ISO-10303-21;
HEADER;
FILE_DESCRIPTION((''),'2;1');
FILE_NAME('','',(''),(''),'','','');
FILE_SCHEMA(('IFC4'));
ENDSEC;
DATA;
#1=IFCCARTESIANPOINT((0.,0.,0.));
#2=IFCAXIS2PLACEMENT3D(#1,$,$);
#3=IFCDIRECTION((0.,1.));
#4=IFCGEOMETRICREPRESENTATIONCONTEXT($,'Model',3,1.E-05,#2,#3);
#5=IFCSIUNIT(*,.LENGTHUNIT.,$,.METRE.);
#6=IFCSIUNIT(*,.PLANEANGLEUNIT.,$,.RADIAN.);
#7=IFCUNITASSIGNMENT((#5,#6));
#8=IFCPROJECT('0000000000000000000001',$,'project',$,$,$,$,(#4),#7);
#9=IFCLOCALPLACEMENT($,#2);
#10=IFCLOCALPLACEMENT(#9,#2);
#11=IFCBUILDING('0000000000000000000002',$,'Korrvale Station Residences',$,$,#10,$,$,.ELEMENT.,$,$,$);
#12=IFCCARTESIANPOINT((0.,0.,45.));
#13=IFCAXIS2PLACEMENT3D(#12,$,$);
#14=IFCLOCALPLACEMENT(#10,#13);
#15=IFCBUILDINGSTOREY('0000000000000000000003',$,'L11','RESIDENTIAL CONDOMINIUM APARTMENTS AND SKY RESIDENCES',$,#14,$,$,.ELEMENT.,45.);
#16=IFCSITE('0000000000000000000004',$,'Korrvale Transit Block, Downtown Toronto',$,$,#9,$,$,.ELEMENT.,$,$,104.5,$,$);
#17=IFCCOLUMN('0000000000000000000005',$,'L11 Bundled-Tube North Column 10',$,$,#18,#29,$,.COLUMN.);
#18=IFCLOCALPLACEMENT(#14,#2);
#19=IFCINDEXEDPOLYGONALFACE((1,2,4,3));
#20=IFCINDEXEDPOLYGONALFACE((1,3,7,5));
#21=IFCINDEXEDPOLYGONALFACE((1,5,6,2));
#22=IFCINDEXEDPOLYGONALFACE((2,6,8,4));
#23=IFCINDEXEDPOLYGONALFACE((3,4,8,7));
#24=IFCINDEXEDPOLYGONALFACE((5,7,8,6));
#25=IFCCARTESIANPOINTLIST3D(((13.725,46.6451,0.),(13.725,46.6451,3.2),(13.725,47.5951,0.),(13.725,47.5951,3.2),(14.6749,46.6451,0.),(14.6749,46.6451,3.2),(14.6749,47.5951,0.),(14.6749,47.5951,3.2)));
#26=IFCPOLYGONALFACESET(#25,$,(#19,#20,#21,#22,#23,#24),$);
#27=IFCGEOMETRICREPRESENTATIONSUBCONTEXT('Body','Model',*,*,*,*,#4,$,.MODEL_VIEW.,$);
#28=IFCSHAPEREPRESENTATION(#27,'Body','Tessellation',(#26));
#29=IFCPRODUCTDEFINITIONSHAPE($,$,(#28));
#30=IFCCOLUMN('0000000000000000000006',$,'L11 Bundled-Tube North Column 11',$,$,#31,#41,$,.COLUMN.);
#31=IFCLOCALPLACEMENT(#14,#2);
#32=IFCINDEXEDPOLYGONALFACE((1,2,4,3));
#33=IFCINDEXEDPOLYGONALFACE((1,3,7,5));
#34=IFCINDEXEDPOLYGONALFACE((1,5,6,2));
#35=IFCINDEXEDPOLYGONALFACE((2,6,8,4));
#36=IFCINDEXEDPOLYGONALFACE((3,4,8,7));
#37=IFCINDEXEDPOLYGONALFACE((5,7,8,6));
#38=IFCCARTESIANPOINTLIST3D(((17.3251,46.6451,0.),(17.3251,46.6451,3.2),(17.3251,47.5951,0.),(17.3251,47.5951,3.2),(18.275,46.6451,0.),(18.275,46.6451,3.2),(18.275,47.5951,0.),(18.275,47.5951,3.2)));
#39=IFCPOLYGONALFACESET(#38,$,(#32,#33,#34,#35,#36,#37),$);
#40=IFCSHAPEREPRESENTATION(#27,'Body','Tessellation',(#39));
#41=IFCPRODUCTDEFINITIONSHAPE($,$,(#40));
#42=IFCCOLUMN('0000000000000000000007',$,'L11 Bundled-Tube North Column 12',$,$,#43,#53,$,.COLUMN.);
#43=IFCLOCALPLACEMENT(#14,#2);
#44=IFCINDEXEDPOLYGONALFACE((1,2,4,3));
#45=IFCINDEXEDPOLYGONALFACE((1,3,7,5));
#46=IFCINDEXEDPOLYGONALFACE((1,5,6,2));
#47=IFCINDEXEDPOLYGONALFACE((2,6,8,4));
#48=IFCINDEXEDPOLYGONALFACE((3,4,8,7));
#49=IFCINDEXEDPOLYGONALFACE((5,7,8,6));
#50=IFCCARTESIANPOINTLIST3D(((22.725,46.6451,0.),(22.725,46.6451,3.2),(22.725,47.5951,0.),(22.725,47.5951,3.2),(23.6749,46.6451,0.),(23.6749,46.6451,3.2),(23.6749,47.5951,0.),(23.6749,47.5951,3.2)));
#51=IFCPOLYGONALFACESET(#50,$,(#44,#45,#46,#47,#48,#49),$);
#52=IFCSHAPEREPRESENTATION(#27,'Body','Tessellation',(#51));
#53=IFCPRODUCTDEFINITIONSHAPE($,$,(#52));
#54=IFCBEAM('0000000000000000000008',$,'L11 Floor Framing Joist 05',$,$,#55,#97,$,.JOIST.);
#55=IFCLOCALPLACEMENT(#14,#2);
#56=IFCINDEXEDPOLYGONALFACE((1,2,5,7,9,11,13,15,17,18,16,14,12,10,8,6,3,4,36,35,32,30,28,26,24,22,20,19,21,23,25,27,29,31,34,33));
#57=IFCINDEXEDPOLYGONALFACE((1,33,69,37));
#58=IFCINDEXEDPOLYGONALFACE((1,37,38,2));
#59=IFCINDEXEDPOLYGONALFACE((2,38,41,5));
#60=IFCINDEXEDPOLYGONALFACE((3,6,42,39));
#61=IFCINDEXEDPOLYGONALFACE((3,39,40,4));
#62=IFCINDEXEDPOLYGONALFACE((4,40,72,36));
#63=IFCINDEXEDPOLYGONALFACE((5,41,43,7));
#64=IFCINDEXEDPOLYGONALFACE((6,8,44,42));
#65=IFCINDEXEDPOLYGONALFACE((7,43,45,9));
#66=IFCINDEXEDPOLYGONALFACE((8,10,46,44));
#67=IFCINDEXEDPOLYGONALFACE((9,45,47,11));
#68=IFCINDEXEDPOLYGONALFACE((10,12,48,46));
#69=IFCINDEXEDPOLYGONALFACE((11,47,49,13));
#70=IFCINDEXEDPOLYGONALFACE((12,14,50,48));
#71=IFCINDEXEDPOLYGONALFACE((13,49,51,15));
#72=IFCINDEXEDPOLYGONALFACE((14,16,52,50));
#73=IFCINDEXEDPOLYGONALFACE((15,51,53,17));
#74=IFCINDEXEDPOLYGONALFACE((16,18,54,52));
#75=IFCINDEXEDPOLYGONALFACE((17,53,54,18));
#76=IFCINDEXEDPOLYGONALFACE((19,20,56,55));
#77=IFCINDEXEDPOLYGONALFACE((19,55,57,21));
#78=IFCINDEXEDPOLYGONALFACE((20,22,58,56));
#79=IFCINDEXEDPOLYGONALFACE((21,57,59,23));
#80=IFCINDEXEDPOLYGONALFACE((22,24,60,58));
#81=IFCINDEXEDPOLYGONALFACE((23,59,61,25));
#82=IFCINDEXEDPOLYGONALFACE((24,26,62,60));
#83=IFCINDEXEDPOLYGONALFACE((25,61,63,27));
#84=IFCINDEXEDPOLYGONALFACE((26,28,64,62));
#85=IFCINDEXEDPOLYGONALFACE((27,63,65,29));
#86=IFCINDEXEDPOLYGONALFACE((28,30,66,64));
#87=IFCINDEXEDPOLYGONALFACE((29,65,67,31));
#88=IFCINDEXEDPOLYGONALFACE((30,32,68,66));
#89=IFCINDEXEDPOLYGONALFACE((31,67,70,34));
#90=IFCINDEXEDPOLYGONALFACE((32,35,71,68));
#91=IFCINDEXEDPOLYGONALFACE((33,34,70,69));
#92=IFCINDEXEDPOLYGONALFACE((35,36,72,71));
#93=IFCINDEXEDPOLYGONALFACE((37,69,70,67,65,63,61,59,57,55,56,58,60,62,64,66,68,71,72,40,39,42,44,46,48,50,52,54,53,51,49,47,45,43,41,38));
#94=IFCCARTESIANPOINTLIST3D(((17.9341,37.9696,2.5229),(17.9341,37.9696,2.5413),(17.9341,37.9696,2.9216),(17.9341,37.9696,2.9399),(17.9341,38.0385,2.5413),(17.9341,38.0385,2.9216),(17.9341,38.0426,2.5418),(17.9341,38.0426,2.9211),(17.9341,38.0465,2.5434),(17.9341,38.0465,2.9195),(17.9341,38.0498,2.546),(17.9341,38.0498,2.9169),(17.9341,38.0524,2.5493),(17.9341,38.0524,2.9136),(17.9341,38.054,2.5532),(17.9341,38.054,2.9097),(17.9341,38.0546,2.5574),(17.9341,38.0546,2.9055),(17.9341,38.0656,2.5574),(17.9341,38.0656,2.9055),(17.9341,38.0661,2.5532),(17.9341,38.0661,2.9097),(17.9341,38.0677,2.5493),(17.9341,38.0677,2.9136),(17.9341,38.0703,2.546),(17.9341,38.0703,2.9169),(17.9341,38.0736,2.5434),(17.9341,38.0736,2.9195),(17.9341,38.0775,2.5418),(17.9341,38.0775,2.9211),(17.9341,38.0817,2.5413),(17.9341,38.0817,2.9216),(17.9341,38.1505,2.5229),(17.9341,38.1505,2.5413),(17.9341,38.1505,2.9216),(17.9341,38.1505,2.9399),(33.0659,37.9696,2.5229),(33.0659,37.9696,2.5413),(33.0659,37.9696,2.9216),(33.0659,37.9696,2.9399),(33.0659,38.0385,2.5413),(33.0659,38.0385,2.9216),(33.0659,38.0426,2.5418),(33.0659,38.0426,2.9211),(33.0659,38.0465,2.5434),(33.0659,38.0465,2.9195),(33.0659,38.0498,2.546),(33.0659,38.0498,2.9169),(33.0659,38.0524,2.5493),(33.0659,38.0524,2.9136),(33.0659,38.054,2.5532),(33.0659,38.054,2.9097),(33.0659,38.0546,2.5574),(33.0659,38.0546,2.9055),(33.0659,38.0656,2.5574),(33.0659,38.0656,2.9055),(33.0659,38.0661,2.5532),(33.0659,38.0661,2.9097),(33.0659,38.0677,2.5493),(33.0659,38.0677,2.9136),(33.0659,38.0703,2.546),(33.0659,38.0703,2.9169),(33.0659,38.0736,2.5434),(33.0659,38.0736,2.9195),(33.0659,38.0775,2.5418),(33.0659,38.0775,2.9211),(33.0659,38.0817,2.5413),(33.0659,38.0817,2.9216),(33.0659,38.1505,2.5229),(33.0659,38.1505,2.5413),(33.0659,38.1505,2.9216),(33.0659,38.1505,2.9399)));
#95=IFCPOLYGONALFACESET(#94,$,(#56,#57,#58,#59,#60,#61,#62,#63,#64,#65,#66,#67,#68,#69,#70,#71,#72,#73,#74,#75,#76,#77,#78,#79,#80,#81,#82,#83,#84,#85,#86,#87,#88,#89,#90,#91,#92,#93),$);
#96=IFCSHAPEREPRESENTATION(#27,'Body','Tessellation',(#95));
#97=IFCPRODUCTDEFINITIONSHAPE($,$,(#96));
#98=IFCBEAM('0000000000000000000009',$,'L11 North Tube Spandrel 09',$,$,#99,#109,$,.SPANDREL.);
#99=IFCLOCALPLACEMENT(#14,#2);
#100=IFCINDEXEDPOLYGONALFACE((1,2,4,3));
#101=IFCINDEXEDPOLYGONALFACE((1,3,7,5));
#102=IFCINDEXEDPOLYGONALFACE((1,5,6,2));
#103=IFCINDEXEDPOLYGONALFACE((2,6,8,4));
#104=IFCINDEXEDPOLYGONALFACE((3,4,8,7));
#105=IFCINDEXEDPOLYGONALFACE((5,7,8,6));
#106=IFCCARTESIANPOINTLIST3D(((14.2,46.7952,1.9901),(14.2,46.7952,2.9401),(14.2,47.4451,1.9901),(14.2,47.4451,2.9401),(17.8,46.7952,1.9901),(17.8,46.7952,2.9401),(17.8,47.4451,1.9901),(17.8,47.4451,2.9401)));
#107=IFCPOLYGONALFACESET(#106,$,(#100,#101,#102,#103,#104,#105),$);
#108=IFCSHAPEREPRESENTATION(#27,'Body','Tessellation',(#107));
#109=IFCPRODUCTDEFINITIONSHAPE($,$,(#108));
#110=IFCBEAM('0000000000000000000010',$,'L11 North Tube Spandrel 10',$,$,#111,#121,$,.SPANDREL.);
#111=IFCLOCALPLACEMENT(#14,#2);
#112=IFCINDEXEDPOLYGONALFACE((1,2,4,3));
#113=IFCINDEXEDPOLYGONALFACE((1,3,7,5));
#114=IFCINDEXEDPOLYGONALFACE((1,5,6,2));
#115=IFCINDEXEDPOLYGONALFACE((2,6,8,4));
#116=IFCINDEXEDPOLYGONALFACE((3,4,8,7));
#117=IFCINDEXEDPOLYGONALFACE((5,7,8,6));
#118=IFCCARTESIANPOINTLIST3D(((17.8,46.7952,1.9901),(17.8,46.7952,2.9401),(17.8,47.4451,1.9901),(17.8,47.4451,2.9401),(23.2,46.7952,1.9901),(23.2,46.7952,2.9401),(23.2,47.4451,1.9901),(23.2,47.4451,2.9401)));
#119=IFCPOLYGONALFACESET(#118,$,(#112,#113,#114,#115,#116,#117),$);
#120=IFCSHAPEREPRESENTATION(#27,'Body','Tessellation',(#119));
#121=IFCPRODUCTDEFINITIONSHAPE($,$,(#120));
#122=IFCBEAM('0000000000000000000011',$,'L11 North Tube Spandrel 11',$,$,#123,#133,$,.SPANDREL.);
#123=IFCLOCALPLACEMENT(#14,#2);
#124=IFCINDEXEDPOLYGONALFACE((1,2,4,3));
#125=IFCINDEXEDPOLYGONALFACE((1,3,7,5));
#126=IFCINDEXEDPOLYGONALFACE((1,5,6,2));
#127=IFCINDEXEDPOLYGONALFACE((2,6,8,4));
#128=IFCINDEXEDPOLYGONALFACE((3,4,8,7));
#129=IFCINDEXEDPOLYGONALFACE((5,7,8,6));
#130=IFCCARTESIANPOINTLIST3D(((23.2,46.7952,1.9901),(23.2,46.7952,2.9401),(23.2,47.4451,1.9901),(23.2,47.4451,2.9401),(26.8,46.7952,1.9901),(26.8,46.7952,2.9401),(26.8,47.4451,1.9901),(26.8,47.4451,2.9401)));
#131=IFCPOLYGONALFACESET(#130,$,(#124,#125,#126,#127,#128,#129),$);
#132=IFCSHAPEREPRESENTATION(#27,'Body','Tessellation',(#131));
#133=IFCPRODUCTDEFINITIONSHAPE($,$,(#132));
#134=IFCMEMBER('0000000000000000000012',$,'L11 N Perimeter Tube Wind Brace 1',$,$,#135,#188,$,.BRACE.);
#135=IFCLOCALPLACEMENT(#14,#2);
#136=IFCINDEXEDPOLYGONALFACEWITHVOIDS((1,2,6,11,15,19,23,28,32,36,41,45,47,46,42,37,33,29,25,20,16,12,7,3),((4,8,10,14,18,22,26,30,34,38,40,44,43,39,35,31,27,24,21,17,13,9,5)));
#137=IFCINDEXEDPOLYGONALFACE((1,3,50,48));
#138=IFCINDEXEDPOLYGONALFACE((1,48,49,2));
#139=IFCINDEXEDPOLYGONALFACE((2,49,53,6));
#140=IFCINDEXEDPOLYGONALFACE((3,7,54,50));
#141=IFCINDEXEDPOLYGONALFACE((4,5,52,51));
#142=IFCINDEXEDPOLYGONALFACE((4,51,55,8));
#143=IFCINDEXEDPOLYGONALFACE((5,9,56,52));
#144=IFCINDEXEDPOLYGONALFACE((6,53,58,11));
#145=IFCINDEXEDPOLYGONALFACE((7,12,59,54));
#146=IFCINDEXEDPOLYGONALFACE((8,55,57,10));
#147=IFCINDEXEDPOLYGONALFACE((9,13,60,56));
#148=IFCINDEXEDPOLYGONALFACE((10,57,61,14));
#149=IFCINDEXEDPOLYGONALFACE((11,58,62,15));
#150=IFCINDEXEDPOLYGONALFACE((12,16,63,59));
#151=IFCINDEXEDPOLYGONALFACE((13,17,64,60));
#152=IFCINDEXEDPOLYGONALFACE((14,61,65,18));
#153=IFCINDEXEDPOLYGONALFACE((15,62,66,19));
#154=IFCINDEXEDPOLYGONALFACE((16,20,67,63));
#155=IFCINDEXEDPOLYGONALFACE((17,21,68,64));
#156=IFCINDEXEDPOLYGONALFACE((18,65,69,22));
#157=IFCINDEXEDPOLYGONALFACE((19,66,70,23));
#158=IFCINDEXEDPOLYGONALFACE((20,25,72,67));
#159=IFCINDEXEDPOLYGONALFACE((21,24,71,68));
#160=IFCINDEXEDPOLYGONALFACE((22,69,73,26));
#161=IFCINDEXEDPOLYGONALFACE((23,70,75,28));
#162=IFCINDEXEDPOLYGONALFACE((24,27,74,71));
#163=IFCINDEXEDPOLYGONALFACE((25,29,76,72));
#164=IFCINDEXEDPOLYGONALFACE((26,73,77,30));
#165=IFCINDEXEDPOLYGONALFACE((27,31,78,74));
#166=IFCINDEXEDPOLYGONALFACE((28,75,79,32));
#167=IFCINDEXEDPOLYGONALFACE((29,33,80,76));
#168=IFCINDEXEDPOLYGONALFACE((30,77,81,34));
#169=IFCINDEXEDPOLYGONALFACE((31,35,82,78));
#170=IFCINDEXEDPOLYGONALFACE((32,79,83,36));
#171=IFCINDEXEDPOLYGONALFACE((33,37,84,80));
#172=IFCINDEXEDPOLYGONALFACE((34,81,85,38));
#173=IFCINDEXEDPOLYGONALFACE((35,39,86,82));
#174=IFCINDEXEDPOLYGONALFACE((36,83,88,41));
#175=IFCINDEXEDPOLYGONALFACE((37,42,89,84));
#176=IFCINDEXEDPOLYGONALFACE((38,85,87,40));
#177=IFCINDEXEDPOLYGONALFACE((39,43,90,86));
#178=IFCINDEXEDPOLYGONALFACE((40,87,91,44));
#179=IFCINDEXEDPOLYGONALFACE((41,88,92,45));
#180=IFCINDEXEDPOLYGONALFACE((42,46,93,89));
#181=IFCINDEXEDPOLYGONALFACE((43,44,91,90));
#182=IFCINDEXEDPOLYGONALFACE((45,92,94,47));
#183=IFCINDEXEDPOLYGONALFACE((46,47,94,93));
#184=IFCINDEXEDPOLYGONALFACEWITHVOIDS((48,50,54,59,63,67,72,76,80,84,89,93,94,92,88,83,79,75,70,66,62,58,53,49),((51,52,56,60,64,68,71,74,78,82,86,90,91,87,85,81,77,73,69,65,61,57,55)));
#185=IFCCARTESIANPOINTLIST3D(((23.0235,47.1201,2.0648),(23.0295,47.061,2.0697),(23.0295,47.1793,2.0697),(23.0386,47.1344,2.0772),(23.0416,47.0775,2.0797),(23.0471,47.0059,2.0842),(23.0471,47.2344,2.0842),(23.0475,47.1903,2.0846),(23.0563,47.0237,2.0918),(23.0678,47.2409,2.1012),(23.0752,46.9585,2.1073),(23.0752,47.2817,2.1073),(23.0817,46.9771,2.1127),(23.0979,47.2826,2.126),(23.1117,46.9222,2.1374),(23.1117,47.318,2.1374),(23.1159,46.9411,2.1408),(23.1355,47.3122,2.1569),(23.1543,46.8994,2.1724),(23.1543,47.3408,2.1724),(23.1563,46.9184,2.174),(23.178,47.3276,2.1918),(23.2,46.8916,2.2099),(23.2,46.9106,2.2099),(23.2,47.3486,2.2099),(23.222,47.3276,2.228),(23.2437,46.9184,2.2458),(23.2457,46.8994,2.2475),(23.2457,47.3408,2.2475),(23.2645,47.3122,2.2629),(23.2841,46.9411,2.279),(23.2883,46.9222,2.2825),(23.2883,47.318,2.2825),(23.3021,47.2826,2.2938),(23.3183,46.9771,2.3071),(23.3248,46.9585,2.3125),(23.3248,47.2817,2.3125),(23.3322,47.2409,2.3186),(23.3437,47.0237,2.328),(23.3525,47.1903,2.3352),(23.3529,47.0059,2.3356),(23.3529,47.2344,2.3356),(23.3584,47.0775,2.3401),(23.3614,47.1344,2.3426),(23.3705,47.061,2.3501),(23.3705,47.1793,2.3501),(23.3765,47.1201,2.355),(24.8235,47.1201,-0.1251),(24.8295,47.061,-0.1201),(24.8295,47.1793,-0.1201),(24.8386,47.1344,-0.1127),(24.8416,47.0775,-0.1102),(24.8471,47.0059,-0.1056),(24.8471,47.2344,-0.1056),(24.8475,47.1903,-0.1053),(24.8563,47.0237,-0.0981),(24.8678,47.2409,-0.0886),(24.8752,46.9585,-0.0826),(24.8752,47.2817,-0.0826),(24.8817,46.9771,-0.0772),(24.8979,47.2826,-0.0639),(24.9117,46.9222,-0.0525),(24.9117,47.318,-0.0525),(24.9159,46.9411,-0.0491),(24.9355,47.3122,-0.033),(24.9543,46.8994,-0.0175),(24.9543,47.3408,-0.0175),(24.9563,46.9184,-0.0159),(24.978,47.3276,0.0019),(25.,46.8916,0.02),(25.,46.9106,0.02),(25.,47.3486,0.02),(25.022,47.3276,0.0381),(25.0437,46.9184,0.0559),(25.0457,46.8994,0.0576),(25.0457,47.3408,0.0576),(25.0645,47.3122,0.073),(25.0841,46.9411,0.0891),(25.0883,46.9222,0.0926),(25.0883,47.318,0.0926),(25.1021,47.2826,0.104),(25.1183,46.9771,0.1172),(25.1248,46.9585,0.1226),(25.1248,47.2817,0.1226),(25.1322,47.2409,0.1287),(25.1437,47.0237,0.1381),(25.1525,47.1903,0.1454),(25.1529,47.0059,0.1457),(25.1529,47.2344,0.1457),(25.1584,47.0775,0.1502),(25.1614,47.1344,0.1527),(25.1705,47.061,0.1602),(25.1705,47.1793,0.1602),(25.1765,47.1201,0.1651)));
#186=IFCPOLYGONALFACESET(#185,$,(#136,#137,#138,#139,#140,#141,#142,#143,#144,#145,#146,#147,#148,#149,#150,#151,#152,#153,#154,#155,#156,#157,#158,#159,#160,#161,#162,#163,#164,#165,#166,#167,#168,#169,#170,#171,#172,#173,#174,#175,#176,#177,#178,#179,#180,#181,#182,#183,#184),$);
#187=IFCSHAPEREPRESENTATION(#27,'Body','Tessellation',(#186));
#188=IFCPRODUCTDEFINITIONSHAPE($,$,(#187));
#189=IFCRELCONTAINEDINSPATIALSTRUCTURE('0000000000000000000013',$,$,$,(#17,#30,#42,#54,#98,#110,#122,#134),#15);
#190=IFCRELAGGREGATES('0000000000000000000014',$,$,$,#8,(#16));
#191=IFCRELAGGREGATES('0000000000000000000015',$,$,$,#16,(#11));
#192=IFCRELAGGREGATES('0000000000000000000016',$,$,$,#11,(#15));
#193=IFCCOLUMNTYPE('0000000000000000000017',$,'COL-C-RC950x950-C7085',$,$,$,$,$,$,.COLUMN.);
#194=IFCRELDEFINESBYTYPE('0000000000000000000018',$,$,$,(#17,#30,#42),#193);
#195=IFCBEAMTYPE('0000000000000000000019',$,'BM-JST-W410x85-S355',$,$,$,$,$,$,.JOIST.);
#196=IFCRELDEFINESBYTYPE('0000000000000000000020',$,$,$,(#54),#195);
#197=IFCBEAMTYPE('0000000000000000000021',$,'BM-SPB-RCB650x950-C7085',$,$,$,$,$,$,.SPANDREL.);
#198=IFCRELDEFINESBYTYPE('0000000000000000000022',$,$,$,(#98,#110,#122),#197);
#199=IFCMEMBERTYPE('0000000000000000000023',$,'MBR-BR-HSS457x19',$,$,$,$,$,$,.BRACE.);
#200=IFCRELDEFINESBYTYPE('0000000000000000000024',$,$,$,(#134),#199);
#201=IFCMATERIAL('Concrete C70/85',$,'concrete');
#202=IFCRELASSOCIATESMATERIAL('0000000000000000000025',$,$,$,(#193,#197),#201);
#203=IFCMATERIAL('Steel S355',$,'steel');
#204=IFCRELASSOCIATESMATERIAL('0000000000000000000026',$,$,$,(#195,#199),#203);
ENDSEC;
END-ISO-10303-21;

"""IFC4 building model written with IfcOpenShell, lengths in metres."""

from ifc_helpers import new_model, si_unit, direction, frame, origin, origin_2d, place, context, subcontext, project, spatial, rectangle, hollow_circle, i_section, extrude, material, material_profile, profile_set, type_object, element, save


model = new_model("IFC4")

# Units and contexts
model_context = context("Model", 3, precision=1e-05, world=origin(), true_north=direction((0.0, 1.0)))
body_context = subcontext(model_context, "Body", "Model", "MODEL_VIEW")
ifc_project = project(units=[si_unit("LENGTHUNIT", "METRE"), si_unit("PLANEANGLEUNIT", "RADIAN")], contexts=[model_context])

# Site, building, storey
site_placement = place(None, origin())
site = spatial("IfcSite", under=ifc_project, at=site_placement, Name="Korrvale Transit Block, Downtown Toronto", CompositionType="ELEMENT", RefElevation=104.5)
building_placement = place(site_placement, origin())
building = spatial("IfcBuilding", under=site, at=building_placement, Name="Korrvale Station Residences", CompositionType="ELEMENT")
storey_placement = place(building_placement, frame((0.0, 0.0, 45.0)))
storey = spatial("IfcBuildingStorey", under=building, at=storey_placement, Name="L11", Description="RESIDENTIAL CONDOMINIUM APARTMENTS AND SKY RESIDENCES", CompositionType="ELEMENT", Elevation=45.0)

# Columns
ifc_material_1 = material(Name="Concrete C70/85", Category="concrete")
ifc_material_profile_1 = material_profile(ifc_material_1, rectangle(XDim=0.95, YDim=0.95, at=origin_2d()), Name="RC950x950")
ifc_profile_set_1 = profile_set([ifc_material_profile_1], Name="Concrete C70/85")
column_type = type_object("IfcColumnType", Name="COL-C-RC950x950-C7085", PredefinedType="COLUMN", material=ifc_profile_set_1)
for number, where, z_axis, x_axis, name in (
    (1, (14.2, 47.1201, 0.0), (0.0, 0.0, 1.0), (1.0, 0.0, 0.0), "L11 Bundled-Tube North Column 10"),
    (2, (17.8, 47.1201, 0.0), (0.0, 0.0, 1.0), (1.0, 0.0, 0.0), "L11 Bundled-Tube North Column 11"),
    (3, (23.2, 47.1201, 0.0), (0.0, 0.0, 1.0), (1.0, 0.0, 0.0), "L11 Bundled-Tube North Column 12"),
):
    element("IfcColumn", number, at=place(storey_placement, frame(where, z_axis=z_axis, x_axis=x_axis)), inside=storey, type_object=column_type, Name=name, PredefinedType="COLUMN", context=body_context, shape_type="SweptSolid", body=[
        extrude(rectangle(XDim=0.95, YDim=0.95, at=origin_2d()), origin(), (0.0, 0.0, 1.0), 3.2),
    ])

# Beams
ifc_material_2 = material(Name="Steel S355", Category="steel")
ifc_material_profile_2 = material_profile(ifc_material_2, i_section(OverallWidth=0.1809, OverallDepth=0.417, WebThickness=0.011, FlangeThickness=0.0183, FilletRadius=0.0161, at=origin_2d()), Name="W410x85")
ifc_profile_set_2 = profile_set([ifc_material_profile_2], Name="Steel S355")
beam_type_1 = type_object("IfcBeamType", Name="BM-JST-W410x85-S355", PredefinedType="JOIST", material=ifc_profile_set_2)
beam_1_placement = place(storey_placement, frame((17.9341, 38.0601, 2.7314), z_axis=(1.0, 0.0, 0.0), x_axis=(0.0, 1.0, 0.0)))
element("IfcBeam", 4, at=beam_1_placement, inside=storey, type_object=beam_type_1, Name="L11 Floor Framing Joist 05", PredefinedType="JOIST", context=body_context, shape_type="SweptSolid", body=[
    extrude(i_section(OverallWidth=0.1809, OverallDepth=0.417, WebThickness=0.011, FlangeThickness=0.0183, FilletRadius=0.0161, at=origin_2d()), origin(), (0.0, 0.0, 1.0), 15.1318),
])
ifc_material_profile_3 = material_profile(ifc_material_1, rectangle(XDim=0.6499, YDim=0.95, at=origin_2d()), Name="RCB650x950")
ifc_profile_set_3 = profile_set([ifc_material_profile_3], Name="Concrete C70/85")
beam_type_2 = type_object("IfcBeamType", Name="BM-SPB-RCB650x950-C7085", PredefinedType="SPANDREL", material=ifc_profile_set_3)
beam_2_placement = place(storey_placement, frame((14.2, 47.1201, 2.4651), z_axis=(1.0, 0.0, 0.0), x_axis=(0.0, 1.0, 0.0)))
element("IfcBeam", 5, at=beam_2_placement, inside=storey, type_object=beam_type_2, Name="L11 North Tube Spandrel 09", PredefinedType="SPANDREL", context=body_context, shape_type="SweptSolid", body=[
    extrude(rectangle(XDim=0.6499, YDim=0.95, at=origin_2d()), origin(), (0.0, 0.0, 1.0), 3.6001),
])
beam_3_placement = place(storey_placement, frame((17.8, 47.1201, 2.4651), z_axis=(1.0, 0.0, 0.0), x_axis=(0.0, 1.0, 0.0)))
element("IfcBeam", 6, at=beam_3_placement, inside=storey, type_object=beam_type_2, Name="L11 North Tube Spandrel 10", PredefinedType="SPANDREL", context=body_context, shape_type="SweptSolid", body=[
    extrude(rectangle(XDim=0.6499, YDim=0.95, at=origin_2d()), origin(), (0.0, 0.0, 1.0), 5.3999),
])
beam_4_placement = place(storey_placement, frame((23.2, 47.1201, 2.4651), z_axis=(1.0, 0.0, 0.0), x_axis=(0.0, 1.0, 0.0)))
element("IfcBeam", 7, at=beam_4_placement, inside=storey, type_object=beam_type_2, Name="L11 North Tube Spandrel 11", PredefinedType="SPANDREL", context=body_context, shape_type="SweptSolid", body=[
    extrude(rectangle(XDim=0.6499, YDim=0.95, at=origin_2d()), origin(), (0.0, 0.0, 1.0), 3.6001),
])

# Member
ifc_material_profile_4 = material_profile(ifc_material_2, hollow_circle(Radius=0.2285, WallThickness=0.019, at=origin_2d()), Name="HSS457x19")
ifc_profile_set_4 = profile_set([ifc_material_profile_4], Name="Steel S355")
member_type = type_object("IfcMemberType", Name="MBR-BR-HSS457x19", PredefinedType="BRACE", material=ifc_profile_set_4)
for number, where, z_axis, x_axis, name in (
    (8, (25.0, 47.1201, 0.02), (-0.634985, 0.0, 0.772524), (0.0, -1.0, 0.0), "L11 N Perimeter Tube Wind Brace 1"),
):
    element("IfcMember", number, at=place(storey_placement, frame(where, z_axis=z_axis, x_axis=x_axis)), inside=storey, type_object=member_type, Name=name, PredefinedType="BRACE", context=body_context, shape_type="SweptSolid", body=[
        extrude(hollow_circle(Radius=0.2285, WallThickness=0.019, at=origin_2d()), origin(), (0.0, 0.0, 1.0), 2.8347),
    ])

save(model, "model.ifc")
